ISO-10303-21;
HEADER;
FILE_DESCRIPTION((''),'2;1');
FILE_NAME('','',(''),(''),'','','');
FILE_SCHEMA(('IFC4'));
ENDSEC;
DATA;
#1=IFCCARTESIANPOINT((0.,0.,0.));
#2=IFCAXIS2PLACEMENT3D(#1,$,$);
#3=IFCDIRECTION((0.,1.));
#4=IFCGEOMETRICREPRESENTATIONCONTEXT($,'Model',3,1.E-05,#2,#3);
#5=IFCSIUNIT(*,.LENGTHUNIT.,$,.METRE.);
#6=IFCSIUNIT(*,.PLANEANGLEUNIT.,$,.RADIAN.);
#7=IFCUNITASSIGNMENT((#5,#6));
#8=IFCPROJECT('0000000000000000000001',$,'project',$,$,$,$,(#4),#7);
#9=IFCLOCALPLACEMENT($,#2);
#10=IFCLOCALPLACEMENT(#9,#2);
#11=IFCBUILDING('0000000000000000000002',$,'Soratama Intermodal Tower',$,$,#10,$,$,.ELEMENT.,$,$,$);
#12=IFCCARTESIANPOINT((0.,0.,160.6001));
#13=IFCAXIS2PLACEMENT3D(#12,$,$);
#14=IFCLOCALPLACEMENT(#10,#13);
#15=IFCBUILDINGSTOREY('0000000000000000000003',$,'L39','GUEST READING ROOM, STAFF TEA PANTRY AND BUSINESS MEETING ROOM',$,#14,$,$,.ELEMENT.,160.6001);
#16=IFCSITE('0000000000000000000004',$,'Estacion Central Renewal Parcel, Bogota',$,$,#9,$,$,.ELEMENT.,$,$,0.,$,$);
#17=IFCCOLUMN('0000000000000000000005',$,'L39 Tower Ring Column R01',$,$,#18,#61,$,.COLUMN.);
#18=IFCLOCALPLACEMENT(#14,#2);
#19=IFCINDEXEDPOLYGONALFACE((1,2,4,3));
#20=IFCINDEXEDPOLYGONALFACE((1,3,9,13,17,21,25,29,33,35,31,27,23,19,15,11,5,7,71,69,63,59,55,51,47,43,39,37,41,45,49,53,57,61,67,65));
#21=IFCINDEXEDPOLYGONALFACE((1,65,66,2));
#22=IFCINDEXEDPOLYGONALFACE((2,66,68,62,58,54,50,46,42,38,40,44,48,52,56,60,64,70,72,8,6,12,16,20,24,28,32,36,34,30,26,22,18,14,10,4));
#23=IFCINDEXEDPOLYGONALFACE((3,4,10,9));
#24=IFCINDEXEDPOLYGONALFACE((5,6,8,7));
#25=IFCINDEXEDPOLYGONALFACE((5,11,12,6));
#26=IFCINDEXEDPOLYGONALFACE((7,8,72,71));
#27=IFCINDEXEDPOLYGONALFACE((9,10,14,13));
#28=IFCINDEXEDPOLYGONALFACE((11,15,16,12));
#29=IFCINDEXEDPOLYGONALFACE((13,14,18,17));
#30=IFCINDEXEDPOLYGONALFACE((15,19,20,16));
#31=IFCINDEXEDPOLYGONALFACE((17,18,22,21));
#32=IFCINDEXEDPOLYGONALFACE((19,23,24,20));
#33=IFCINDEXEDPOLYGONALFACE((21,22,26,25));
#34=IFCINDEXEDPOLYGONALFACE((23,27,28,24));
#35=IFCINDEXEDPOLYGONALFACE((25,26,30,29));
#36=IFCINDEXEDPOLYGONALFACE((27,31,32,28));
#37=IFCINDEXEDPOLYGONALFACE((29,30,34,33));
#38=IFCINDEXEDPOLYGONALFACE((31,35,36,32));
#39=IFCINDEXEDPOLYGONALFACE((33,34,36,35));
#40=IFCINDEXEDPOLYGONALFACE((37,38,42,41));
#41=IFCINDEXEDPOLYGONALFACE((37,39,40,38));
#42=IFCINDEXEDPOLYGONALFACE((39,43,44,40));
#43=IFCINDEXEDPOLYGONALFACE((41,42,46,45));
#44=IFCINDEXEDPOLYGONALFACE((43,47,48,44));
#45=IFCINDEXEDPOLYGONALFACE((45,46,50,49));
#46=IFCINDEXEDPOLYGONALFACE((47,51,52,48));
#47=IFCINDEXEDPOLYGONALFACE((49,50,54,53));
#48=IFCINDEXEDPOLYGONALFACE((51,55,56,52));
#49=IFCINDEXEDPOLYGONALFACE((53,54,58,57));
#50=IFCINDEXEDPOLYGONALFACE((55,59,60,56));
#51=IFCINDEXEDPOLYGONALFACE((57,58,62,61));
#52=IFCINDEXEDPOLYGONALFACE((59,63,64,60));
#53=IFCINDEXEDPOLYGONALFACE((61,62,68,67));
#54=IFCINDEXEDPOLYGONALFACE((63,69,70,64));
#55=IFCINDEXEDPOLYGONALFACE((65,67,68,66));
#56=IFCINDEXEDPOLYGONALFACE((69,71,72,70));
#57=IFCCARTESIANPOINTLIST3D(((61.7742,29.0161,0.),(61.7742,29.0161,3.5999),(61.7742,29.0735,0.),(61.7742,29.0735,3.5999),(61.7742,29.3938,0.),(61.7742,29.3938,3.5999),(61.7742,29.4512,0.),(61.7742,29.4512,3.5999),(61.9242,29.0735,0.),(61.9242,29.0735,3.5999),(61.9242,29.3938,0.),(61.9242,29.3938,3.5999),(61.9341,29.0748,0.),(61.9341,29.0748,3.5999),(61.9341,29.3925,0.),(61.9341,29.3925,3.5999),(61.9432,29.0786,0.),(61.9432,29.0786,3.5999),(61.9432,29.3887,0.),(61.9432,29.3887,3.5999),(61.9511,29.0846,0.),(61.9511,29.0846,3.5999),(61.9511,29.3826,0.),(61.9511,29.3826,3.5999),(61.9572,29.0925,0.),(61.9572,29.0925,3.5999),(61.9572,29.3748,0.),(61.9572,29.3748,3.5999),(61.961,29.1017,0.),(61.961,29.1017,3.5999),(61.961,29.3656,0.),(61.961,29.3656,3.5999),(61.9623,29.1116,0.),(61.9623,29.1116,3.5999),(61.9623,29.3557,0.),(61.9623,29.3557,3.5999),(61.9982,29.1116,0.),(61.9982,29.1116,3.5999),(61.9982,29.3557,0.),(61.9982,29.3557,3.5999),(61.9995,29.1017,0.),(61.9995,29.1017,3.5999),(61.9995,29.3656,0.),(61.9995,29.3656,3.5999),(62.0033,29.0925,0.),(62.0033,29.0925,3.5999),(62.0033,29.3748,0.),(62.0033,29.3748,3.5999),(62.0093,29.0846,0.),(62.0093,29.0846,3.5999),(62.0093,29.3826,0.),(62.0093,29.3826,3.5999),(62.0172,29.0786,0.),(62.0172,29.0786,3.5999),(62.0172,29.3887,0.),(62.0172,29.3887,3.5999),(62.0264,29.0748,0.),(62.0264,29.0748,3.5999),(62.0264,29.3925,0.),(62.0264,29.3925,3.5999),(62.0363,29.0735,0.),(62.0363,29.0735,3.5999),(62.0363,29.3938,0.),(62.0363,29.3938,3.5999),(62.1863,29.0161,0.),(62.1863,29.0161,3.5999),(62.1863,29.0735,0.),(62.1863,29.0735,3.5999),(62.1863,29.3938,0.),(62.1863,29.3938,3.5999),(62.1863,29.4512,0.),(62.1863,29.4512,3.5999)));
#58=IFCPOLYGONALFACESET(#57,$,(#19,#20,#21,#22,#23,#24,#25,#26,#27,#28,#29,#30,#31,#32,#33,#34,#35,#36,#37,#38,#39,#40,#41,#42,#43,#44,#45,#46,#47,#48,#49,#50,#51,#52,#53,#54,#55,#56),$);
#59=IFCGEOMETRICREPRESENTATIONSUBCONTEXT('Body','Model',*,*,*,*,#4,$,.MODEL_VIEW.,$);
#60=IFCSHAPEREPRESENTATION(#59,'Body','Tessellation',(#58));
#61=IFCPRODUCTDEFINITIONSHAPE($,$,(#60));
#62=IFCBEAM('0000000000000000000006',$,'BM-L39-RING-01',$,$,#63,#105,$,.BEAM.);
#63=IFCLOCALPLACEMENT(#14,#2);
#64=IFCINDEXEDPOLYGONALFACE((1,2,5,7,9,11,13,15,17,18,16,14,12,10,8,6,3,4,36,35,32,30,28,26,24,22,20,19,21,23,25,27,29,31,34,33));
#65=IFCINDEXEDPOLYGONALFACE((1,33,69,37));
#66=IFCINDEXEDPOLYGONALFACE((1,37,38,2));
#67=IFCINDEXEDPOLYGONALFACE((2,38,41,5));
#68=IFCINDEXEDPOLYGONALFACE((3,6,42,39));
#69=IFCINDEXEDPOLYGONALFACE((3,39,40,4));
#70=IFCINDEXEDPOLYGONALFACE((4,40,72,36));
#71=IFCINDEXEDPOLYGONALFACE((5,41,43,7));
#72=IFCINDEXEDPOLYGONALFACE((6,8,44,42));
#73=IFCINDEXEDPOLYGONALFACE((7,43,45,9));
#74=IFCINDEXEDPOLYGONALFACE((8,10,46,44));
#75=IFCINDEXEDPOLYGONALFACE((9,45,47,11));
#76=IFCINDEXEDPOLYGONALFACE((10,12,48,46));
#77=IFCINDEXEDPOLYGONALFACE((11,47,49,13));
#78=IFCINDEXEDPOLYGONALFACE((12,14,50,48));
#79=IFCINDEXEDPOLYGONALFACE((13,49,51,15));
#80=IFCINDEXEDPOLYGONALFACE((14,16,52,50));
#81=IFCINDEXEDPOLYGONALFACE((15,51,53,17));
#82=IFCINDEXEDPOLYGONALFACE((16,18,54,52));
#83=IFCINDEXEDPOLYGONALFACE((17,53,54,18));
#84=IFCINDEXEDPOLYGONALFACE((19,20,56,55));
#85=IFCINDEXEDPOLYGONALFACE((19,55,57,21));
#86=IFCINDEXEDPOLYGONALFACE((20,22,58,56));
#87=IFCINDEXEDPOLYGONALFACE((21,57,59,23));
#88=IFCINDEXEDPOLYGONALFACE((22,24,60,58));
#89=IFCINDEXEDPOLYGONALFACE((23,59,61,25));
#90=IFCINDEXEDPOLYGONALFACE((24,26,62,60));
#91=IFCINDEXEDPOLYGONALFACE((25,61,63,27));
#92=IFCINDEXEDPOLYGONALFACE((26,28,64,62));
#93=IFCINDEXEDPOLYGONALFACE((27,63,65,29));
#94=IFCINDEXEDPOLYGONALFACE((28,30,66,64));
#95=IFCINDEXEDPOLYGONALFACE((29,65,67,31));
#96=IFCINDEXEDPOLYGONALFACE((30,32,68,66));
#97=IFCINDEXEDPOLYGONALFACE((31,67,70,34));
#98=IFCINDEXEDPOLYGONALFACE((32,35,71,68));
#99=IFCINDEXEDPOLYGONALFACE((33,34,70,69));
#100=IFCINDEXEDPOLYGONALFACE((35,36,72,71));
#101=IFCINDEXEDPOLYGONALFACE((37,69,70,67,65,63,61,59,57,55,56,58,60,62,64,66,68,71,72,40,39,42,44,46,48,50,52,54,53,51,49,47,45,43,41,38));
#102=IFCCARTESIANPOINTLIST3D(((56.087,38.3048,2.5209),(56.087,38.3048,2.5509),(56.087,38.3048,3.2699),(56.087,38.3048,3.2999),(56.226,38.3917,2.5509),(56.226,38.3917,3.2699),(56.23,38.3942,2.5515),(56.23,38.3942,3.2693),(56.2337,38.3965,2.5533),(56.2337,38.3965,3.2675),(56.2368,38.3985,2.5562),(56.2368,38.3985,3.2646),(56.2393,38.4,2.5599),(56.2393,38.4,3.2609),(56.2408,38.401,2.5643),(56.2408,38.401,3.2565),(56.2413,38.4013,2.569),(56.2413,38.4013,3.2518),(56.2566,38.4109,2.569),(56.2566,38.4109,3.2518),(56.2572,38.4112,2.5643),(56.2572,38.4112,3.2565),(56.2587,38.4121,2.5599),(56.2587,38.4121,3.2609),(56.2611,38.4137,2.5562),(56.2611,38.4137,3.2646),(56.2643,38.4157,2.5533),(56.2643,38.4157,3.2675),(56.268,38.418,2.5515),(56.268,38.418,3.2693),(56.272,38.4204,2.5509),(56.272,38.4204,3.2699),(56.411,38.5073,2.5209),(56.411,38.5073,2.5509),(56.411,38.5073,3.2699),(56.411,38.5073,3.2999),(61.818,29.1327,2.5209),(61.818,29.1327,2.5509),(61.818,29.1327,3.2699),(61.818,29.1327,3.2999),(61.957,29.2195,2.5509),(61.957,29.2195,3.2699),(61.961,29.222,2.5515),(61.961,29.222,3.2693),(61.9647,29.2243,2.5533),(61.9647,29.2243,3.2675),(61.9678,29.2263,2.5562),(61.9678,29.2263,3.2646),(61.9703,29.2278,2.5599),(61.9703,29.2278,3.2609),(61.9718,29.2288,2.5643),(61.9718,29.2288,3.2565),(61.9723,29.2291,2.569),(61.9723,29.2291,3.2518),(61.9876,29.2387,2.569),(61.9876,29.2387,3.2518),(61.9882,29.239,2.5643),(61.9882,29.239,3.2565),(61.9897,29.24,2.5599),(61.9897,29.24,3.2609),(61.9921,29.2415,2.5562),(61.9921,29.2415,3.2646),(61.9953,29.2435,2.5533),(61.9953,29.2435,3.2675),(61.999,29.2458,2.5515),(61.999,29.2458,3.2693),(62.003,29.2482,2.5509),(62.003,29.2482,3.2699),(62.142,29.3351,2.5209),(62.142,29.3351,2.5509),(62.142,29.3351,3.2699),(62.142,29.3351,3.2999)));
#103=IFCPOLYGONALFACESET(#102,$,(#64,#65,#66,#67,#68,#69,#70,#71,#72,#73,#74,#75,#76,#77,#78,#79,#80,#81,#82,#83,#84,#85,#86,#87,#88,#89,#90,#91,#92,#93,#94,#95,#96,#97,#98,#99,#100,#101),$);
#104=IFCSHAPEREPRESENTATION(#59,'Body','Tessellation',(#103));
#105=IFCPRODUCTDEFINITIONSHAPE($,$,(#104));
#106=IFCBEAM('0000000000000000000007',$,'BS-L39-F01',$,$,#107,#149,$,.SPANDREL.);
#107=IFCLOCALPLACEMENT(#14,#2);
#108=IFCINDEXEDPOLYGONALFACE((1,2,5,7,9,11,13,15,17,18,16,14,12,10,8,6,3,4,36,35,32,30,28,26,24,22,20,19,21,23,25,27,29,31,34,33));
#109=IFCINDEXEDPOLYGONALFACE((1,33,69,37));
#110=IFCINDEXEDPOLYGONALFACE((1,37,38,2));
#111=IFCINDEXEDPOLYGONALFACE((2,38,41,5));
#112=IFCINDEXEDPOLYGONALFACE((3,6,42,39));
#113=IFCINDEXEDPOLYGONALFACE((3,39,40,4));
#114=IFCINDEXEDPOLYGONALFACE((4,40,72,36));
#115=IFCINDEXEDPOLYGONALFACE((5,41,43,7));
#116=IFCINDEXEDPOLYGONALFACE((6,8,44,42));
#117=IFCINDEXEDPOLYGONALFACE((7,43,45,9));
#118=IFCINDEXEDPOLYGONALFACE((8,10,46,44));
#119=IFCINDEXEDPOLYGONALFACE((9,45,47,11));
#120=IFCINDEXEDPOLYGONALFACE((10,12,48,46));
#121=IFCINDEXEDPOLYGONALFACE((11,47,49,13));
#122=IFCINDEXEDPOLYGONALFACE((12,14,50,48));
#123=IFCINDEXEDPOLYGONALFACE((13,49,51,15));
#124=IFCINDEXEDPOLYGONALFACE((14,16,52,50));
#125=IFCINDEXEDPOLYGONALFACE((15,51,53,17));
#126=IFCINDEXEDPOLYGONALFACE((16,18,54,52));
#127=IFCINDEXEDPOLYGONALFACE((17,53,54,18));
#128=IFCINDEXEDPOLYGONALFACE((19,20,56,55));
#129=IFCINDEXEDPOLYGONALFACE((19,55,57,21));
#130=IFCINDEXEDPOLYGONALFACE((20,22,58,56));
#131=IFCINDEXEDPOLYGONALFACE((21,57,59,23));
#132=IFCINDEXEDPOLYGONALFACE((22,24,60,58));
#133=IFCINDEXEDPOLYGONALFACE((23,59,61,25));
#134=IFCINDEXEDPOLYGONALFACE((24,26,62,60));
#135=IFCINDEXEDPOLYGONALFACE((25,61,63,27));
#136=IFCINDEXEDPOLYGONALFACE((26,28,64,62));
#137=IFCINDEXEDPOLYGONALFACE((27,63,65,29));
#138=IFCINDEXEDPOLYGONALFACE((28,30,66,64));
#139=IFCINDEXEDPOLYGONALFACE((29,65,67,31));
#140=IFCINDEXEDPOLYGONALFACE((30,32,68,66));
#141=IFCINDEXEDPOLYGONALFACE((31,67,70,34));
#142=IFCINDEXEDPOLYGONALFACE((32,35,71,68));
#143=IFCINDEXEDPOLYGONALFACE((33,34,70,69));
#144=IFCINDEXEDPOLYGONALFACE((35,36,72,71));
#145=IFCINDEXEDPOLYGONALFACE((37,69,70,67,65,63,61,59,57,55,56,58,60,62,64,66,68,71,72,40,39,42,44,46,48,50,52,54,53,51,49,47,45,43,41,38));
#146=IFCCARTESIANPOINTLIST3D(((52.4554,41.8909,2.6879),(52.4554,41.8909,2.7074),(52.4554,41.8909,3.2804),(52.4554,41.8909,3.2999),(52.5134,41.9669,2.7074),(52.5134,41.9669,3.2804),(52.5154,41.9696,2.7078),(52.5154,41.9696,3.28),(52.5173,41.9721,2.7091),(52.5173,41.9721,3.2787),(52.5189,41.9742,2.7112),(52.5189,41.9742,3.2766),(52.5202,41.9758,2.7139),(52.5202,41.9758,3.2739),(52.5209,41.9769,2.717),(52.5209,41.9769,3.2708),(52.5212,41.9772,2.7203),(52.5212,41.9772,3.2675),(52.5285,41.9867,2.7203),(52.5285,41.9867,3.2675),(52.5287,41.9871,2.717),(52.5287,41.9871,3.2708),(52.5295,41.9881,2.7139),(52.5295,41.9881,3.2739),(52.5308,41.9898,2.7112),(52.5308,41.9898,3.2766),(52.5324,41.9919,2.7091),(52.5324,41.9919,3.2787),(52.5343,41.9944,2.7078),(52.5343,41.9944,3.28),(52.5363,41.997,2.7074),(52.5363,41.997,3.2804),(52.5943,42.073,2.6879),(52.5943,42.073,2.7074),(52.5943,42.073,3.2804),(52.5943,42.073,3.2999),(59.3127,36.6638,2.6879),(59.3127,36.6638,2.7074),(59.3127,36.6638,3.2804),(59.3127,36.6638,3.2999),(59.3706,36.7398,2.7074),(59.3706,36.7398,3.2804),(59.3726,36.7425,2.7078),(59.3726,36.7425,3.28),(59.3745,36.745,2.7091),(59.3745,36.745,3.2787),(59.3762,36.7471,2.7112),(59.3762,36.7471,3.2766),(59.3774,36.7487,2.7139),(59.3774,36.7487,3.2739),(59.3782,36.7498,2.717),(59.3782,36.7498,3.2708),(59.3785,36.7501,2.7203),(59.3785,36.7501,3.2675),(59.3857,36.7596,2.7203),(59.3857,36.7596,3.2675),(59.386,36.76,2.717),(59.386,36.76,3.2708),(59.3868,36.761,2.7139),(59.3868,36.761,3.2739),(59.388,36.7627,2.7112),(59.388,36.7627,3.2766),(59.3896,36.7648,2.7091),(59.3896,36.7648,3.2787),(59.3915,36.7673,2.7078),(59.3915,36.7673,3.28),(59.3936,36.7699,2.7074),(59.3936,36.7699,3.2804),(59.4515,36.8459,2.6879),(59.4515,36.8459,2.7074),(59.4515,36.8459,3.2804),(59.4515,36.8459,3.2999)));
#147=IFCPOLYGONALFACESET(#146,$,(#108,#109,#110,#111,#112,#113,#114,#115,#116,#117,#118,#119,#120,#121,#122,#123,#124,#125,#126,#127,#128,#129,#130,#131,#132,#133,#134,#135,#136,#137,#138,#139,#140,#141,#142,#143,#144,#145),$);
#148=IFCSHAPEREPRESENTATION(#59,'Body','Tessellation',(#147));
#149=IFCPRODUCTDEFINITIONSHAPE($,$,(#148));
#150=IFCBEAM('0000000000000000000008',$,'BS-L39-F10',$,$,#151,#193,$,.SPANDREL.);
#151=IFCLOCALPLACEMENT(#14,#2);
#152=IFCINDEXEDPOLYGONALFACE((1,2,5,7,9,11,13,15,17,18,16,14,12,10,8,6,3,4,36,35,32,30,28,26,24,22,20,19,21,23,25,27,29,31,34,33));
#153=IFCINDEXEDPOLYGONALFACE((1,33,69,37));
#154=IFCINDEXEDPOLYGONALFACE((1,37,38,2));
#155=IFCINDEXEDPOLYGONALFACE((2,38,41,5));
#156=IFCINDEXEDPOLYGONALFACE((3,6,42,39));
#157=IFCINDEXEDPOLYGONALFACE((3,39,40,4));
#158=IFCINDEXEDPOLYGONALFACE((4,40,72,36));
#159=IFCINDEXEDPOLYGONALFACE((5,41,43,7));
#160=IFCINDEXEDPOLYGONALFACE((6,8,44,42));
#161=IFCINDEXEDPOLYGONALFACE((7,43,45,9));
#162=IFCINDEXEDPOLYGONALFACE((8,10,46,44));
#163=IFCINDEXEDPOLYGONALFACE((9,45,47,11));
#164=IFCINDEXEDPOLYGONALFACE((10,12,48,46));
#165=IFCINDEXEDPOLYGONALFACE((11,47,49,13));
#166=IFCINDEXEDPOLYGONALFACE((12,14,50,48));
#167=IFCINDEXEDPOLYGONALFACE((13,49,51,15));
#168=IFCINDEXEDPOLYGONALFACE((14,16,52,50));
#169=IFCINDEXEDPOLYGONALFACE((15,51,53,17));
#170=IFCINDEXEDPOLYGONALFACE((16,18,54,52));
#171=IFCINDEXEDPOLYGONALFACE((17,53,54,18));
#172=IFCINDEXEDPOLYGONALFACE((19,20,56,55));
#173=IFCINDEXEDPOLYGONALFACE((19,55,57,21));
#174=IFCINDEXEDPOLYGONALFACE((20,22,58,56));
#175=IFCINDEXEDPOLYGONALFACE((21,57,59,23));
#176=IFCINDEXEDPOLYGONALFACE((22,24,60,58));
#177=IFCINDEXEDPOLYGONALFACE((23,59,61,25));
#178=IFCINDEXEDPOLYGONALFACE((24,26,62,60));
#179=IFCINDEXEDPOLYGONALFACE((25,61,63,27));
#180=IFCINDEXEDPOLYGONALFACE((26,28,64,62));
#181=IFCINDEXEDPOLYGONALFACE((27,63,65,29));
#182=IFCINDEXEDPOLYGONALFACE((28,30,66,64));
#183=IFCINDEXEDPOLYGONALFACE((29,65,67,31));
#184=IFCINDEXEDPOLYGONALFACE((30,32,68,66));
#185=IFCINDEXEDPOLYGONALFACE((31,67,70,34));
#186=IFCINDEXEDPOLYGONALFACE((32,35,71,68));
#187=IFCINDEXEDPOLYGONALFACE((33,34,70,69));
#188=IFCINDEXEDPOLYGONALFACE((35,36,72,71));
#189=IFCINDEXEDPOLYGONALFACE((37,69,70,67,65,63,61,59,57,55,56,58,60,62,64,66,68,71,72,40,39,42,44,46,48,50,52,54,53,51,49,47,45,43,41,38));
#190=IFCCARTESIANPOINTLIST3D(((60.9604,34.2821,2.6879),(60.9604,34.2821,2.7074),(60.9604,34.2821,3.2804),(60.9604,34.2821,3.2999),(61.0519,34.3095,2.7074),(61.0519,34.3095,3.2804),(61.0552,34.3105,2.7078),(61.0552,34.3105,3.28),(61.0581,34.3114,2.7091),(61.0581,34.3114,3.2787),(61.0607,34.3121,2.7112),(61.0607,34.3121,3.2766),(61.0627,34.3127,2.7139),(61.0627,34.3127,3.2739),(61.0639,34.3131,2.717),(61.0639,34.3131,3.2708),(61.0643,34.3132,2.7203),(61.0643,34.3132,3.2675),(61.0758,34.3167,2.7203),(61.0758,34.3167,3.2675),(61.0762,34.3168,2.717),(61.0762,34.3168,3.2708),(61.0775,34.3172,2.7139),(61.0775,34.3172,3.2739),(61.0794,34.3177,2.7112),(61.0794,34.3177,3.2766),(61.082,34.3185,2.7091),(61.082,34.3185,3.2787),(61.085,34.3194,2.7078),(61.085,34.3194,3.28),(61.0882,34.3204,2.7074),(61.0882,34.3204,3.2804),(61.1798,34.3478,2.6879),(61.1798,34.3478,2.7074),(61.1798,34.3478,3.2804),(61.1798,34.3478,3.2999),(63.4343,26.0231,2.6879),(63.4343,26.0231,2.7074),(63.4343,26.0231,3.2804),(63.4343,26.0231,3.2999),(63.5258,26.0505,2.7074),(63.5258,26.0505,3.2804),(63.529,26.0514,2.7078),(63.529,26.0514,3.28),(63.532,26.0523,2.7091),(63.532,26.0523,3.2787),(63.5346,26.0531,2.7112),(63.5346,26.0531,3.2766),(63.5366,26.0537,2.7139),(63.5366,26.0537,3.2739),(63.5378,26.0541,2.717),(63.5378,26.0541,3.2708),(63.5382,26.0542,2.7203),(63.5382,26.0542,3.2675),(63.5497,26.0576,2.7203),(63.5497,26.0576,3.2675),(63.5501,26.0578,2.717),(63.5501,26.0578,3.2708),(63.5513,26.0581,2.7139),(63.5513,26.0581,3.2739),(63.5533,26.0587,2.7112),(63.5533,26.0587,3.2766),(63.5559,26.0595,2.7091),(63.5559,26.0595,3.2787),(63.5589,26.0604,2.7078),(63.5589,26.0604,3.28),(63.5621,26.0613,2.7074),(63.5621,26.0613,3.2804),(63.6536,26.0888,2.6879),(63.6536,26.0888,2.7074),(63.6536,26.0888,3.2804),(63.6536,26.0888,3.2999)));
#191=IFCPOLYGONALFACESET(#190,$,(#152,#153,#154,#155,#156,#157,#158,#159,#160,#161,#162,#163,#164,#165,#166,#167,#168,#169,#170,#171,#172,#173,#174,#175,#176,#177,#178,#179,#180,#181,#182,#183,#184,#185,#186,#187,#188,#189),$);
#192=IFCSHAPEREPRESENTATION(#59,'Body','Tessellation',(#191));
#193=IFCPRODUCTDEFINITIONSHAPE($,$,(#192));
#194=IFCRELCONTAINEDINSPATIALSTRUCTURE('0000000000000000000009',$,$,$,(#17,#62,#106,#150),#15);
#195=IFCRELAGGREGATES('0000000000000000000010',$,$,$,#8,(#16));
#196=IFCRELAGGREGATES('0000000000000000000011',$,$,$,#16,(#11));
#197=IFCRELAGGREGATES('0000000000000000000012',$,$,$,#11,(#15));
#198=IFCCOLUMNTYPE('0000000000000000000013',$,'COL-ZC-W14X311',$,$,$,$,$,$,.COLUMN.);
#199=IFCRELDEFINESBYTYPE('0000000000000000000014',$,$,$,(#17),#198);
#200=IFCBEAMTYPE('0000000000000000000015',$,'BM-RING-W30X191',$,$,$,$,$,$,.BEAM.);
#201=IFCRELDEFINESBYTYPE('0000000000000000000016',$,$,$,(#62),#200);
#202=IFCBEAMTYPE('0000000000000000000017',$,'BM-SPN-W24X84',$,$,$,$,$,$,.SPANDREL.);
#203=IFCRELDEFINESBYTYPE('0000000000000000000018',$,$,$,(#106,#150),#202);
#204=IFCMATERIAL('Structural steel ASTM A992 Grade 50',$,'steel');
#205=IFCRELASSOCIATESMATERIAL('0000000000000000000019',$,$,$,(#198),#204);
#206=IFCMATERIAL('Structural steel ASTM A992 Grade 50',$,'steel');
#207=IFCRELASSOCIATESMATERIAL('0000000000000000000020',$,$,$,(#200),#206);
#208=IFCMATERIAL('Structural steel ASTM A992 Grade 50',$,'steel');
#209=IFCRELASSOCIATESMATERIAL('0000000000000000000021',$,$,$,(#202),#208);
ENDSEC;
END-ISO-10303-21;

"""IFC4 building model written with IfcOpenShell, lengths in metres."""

from ifc_helpers import new_model, si_unit, direction, frame, origin, origin_2d, place, context, subcontext, project, spatial, i_section, extrude, material, material_profile, profile_set, type_object, element, save


model = new_model("IFC4")

# Units and contexts
model_context = context("Model", 3, precision=1e-05, world=origin(), true_north=direction((0.0, 1.0)))
body_context = subcontext(model_context, "Body", "Model", "MODEL_VIEW")
ifc_project = project(units=[si_unit("LENGTHUNIT", "METRE"), si_unit("PLANEANGLEUNIT", "RADIAN")], contexts=[model_context])

# Site, building, storey
site_placement = place(None, origin())
site = spatial("IfcSite", under=ifc_project, at=site_placement, Name="Estacion Central Renewal Parcel, Bogota", CompositionType="ELEMENT", RefElevation=0.0)
building_placement = place(site_placement, origin())
building = spatial("IfcBuilding", under=site, at=building_placement, Name="Soratama Intermodal Tower", CompositionType="ELEMENT")
storey_placement = place(building_placement, frame((0.0, 0.0, 160.6001)))
storey = spatial("IfcBuildingStorey", under=building, at=storey_placement, Name="L39", Description="GUEST READING ROOM, STAFF TEA PANTRY AND BUSINESS MEETING ROOM", CompositionType="ELEMENT", Elevation=160.6001)

# Column
ifc_material_1 = material(Name="Structural steel ASTM A992 Grade 50", Category="steel")
ifc_material_profile_1 = material_profile(ifc_material_1, i_section(OverallWidth=0.4121, OverallDepth=0.4351, WebThickness=0.0359, FlangeThickness=0.0574, FilletRadius=0.0381, at=origin_2d()), Name="W14X311")
ifc_profile_set_1 = profile_set([ifc_material_profile_1], Name="Structural steel ASTM A992 Grade 50")
column_type = type_object("IfcColumnType", Name="COL-ZC-W14X311", PredefinedType="COLUMN", material=ifc_profile_set_1)
column_placement = place(storey_placement, frame((61.9802, 29.2336, 0.0), z_axis=(0.0, 0.0, 1.0), x_axis=(1.0, 0.0, 0.0)))
element("IfcColumn", 1, at=column_placement, inside=storey, type_object=column_type, Name="L39 Tower Ring Column R01", PredefinedType="COLUMN", context=body_context, shape_type="SweptSolid", body=[
    extrude(i_section(OverallWidth=0.4121, OverallDepth=0.4351, WebThickness=0.0359, FlangeThickness=0.0574, FilletRadius=0.0381, at=origin_2d()), origin(), (0.0, 0.0, 1.0), 3.5999),
])

# Beams
ifc_material_2 = material(Name="Structural steel ASTM A992 Grade 50", Category="steel")
ifc_material_profile_2 = material_profile(ifc_material_2, i_section(OverallWidth=0.3821, OverallDepth=0.7791, WebThickness=0.0181, FlangeThickness=0.03, FilletRadius=0.0181, at=origin_2d()), Name="W30X191")
ifc_profile_set_2 = profile_set([ifc_material_profile_2], Name="Structural steel ASTM A992 Grade 50")
beam_type_1 = type_object("IfcBeamType", Name="BM-RING-W30X191", PredefinedType="BEAM", material=ifc_profile_set_2)
beam_1_placement = place(storey_placement, frame((61.98, 29.2339, 2.9104), z_axis=(-0.529891, 0.848066, 0.0), x_axis=(-0.848066, -0.529891, 0.0)))
element("IfcBeam", 2, at=beam_1_placement, inside=storey, type_object=beam_type_1, Name="BM-L39-RING-01", PredefinedType="BEAM", context=body_context, shape_type="SweptSolid", body=[
    extrude(i_section(OverallWidth=0.3821, OverallDepth=0.7791, WebThickness=0.0181, FlangeThickness=0.03, FilletRadius=0.0181, at=origin_2d()), origin(), (0.0, 0.0, 1.0), 10.8154),
])
ifc_material_3 = material(Name="Structural steel ASTM A992 Grade 50", Category="steel")
ifc_material_profile_3 = material_profile(ifc_material_3, i_section(OverallWidth=0.229, OverallDepth=0.6121, WebThickness=0.012, FlangeThickness=0.0195, FilletRadius=0.0129, at=origin_2d()), Name="W24X84")
ifc_profile_set_3 = profile_set([ifc_material_profile_3], Name="Structural steel ASTM A992 Grade 50")
beam_type_2 = type_object("IfcBeamType", Name="BM-SPN-W24X84", PredefinedType="SPANDREL", material=ifc_profile_set_3)
beam_2_placement = place(storey_placement, frame((59.3821, 36.7549, 2.9939), z_axis=(-0.79529, 0.606229, 0.0), x_axis=(-0.606229, -0.79529, 0.0)))
element("IfcBeam", 3, at=beam_2_placement, inside=storey, type_object=beam_type_2, Name="BS-L39-F01", PredefinedType="SPANDREL", context=body_context, shape_type="SweptSolid", body=[
    extrude(i_section(OverallWidth=0.229, OverallDepth=0.6121, WebThickness=0.012, FlangeThickness=0.0195, FilletRadius=0.0129, at=origin_2d()), origin(), (0.0, 0.0, 1.0), 8.6223),
])
beam_3_placement = place(storey_placement, frame((63.5439, 26.0559, 2.9939), z_axis=(-0.28694, 0.957949, 0.0), x_axis=(-0.957949, -0.28694, 0.0)))
element("IfcBeam", 4, at=beam_3_placement, inside=storey, type_object=beam_type_2, Name="BS-L39-F10", PredefinedType="SPANDREL", context=body_context, shape_type="SweptSolid", body=[
    extrude(i_section(OverallWidth=0.229, OverallDepth=0.6121, WebThickness=0.012, FlangeThickness=0.0195, FilletRadius=0.0129, at=origin_2d()), origin(), (0.0, 0.0, 1.0), 8.6216),
])

save(model, "model.ifc")
